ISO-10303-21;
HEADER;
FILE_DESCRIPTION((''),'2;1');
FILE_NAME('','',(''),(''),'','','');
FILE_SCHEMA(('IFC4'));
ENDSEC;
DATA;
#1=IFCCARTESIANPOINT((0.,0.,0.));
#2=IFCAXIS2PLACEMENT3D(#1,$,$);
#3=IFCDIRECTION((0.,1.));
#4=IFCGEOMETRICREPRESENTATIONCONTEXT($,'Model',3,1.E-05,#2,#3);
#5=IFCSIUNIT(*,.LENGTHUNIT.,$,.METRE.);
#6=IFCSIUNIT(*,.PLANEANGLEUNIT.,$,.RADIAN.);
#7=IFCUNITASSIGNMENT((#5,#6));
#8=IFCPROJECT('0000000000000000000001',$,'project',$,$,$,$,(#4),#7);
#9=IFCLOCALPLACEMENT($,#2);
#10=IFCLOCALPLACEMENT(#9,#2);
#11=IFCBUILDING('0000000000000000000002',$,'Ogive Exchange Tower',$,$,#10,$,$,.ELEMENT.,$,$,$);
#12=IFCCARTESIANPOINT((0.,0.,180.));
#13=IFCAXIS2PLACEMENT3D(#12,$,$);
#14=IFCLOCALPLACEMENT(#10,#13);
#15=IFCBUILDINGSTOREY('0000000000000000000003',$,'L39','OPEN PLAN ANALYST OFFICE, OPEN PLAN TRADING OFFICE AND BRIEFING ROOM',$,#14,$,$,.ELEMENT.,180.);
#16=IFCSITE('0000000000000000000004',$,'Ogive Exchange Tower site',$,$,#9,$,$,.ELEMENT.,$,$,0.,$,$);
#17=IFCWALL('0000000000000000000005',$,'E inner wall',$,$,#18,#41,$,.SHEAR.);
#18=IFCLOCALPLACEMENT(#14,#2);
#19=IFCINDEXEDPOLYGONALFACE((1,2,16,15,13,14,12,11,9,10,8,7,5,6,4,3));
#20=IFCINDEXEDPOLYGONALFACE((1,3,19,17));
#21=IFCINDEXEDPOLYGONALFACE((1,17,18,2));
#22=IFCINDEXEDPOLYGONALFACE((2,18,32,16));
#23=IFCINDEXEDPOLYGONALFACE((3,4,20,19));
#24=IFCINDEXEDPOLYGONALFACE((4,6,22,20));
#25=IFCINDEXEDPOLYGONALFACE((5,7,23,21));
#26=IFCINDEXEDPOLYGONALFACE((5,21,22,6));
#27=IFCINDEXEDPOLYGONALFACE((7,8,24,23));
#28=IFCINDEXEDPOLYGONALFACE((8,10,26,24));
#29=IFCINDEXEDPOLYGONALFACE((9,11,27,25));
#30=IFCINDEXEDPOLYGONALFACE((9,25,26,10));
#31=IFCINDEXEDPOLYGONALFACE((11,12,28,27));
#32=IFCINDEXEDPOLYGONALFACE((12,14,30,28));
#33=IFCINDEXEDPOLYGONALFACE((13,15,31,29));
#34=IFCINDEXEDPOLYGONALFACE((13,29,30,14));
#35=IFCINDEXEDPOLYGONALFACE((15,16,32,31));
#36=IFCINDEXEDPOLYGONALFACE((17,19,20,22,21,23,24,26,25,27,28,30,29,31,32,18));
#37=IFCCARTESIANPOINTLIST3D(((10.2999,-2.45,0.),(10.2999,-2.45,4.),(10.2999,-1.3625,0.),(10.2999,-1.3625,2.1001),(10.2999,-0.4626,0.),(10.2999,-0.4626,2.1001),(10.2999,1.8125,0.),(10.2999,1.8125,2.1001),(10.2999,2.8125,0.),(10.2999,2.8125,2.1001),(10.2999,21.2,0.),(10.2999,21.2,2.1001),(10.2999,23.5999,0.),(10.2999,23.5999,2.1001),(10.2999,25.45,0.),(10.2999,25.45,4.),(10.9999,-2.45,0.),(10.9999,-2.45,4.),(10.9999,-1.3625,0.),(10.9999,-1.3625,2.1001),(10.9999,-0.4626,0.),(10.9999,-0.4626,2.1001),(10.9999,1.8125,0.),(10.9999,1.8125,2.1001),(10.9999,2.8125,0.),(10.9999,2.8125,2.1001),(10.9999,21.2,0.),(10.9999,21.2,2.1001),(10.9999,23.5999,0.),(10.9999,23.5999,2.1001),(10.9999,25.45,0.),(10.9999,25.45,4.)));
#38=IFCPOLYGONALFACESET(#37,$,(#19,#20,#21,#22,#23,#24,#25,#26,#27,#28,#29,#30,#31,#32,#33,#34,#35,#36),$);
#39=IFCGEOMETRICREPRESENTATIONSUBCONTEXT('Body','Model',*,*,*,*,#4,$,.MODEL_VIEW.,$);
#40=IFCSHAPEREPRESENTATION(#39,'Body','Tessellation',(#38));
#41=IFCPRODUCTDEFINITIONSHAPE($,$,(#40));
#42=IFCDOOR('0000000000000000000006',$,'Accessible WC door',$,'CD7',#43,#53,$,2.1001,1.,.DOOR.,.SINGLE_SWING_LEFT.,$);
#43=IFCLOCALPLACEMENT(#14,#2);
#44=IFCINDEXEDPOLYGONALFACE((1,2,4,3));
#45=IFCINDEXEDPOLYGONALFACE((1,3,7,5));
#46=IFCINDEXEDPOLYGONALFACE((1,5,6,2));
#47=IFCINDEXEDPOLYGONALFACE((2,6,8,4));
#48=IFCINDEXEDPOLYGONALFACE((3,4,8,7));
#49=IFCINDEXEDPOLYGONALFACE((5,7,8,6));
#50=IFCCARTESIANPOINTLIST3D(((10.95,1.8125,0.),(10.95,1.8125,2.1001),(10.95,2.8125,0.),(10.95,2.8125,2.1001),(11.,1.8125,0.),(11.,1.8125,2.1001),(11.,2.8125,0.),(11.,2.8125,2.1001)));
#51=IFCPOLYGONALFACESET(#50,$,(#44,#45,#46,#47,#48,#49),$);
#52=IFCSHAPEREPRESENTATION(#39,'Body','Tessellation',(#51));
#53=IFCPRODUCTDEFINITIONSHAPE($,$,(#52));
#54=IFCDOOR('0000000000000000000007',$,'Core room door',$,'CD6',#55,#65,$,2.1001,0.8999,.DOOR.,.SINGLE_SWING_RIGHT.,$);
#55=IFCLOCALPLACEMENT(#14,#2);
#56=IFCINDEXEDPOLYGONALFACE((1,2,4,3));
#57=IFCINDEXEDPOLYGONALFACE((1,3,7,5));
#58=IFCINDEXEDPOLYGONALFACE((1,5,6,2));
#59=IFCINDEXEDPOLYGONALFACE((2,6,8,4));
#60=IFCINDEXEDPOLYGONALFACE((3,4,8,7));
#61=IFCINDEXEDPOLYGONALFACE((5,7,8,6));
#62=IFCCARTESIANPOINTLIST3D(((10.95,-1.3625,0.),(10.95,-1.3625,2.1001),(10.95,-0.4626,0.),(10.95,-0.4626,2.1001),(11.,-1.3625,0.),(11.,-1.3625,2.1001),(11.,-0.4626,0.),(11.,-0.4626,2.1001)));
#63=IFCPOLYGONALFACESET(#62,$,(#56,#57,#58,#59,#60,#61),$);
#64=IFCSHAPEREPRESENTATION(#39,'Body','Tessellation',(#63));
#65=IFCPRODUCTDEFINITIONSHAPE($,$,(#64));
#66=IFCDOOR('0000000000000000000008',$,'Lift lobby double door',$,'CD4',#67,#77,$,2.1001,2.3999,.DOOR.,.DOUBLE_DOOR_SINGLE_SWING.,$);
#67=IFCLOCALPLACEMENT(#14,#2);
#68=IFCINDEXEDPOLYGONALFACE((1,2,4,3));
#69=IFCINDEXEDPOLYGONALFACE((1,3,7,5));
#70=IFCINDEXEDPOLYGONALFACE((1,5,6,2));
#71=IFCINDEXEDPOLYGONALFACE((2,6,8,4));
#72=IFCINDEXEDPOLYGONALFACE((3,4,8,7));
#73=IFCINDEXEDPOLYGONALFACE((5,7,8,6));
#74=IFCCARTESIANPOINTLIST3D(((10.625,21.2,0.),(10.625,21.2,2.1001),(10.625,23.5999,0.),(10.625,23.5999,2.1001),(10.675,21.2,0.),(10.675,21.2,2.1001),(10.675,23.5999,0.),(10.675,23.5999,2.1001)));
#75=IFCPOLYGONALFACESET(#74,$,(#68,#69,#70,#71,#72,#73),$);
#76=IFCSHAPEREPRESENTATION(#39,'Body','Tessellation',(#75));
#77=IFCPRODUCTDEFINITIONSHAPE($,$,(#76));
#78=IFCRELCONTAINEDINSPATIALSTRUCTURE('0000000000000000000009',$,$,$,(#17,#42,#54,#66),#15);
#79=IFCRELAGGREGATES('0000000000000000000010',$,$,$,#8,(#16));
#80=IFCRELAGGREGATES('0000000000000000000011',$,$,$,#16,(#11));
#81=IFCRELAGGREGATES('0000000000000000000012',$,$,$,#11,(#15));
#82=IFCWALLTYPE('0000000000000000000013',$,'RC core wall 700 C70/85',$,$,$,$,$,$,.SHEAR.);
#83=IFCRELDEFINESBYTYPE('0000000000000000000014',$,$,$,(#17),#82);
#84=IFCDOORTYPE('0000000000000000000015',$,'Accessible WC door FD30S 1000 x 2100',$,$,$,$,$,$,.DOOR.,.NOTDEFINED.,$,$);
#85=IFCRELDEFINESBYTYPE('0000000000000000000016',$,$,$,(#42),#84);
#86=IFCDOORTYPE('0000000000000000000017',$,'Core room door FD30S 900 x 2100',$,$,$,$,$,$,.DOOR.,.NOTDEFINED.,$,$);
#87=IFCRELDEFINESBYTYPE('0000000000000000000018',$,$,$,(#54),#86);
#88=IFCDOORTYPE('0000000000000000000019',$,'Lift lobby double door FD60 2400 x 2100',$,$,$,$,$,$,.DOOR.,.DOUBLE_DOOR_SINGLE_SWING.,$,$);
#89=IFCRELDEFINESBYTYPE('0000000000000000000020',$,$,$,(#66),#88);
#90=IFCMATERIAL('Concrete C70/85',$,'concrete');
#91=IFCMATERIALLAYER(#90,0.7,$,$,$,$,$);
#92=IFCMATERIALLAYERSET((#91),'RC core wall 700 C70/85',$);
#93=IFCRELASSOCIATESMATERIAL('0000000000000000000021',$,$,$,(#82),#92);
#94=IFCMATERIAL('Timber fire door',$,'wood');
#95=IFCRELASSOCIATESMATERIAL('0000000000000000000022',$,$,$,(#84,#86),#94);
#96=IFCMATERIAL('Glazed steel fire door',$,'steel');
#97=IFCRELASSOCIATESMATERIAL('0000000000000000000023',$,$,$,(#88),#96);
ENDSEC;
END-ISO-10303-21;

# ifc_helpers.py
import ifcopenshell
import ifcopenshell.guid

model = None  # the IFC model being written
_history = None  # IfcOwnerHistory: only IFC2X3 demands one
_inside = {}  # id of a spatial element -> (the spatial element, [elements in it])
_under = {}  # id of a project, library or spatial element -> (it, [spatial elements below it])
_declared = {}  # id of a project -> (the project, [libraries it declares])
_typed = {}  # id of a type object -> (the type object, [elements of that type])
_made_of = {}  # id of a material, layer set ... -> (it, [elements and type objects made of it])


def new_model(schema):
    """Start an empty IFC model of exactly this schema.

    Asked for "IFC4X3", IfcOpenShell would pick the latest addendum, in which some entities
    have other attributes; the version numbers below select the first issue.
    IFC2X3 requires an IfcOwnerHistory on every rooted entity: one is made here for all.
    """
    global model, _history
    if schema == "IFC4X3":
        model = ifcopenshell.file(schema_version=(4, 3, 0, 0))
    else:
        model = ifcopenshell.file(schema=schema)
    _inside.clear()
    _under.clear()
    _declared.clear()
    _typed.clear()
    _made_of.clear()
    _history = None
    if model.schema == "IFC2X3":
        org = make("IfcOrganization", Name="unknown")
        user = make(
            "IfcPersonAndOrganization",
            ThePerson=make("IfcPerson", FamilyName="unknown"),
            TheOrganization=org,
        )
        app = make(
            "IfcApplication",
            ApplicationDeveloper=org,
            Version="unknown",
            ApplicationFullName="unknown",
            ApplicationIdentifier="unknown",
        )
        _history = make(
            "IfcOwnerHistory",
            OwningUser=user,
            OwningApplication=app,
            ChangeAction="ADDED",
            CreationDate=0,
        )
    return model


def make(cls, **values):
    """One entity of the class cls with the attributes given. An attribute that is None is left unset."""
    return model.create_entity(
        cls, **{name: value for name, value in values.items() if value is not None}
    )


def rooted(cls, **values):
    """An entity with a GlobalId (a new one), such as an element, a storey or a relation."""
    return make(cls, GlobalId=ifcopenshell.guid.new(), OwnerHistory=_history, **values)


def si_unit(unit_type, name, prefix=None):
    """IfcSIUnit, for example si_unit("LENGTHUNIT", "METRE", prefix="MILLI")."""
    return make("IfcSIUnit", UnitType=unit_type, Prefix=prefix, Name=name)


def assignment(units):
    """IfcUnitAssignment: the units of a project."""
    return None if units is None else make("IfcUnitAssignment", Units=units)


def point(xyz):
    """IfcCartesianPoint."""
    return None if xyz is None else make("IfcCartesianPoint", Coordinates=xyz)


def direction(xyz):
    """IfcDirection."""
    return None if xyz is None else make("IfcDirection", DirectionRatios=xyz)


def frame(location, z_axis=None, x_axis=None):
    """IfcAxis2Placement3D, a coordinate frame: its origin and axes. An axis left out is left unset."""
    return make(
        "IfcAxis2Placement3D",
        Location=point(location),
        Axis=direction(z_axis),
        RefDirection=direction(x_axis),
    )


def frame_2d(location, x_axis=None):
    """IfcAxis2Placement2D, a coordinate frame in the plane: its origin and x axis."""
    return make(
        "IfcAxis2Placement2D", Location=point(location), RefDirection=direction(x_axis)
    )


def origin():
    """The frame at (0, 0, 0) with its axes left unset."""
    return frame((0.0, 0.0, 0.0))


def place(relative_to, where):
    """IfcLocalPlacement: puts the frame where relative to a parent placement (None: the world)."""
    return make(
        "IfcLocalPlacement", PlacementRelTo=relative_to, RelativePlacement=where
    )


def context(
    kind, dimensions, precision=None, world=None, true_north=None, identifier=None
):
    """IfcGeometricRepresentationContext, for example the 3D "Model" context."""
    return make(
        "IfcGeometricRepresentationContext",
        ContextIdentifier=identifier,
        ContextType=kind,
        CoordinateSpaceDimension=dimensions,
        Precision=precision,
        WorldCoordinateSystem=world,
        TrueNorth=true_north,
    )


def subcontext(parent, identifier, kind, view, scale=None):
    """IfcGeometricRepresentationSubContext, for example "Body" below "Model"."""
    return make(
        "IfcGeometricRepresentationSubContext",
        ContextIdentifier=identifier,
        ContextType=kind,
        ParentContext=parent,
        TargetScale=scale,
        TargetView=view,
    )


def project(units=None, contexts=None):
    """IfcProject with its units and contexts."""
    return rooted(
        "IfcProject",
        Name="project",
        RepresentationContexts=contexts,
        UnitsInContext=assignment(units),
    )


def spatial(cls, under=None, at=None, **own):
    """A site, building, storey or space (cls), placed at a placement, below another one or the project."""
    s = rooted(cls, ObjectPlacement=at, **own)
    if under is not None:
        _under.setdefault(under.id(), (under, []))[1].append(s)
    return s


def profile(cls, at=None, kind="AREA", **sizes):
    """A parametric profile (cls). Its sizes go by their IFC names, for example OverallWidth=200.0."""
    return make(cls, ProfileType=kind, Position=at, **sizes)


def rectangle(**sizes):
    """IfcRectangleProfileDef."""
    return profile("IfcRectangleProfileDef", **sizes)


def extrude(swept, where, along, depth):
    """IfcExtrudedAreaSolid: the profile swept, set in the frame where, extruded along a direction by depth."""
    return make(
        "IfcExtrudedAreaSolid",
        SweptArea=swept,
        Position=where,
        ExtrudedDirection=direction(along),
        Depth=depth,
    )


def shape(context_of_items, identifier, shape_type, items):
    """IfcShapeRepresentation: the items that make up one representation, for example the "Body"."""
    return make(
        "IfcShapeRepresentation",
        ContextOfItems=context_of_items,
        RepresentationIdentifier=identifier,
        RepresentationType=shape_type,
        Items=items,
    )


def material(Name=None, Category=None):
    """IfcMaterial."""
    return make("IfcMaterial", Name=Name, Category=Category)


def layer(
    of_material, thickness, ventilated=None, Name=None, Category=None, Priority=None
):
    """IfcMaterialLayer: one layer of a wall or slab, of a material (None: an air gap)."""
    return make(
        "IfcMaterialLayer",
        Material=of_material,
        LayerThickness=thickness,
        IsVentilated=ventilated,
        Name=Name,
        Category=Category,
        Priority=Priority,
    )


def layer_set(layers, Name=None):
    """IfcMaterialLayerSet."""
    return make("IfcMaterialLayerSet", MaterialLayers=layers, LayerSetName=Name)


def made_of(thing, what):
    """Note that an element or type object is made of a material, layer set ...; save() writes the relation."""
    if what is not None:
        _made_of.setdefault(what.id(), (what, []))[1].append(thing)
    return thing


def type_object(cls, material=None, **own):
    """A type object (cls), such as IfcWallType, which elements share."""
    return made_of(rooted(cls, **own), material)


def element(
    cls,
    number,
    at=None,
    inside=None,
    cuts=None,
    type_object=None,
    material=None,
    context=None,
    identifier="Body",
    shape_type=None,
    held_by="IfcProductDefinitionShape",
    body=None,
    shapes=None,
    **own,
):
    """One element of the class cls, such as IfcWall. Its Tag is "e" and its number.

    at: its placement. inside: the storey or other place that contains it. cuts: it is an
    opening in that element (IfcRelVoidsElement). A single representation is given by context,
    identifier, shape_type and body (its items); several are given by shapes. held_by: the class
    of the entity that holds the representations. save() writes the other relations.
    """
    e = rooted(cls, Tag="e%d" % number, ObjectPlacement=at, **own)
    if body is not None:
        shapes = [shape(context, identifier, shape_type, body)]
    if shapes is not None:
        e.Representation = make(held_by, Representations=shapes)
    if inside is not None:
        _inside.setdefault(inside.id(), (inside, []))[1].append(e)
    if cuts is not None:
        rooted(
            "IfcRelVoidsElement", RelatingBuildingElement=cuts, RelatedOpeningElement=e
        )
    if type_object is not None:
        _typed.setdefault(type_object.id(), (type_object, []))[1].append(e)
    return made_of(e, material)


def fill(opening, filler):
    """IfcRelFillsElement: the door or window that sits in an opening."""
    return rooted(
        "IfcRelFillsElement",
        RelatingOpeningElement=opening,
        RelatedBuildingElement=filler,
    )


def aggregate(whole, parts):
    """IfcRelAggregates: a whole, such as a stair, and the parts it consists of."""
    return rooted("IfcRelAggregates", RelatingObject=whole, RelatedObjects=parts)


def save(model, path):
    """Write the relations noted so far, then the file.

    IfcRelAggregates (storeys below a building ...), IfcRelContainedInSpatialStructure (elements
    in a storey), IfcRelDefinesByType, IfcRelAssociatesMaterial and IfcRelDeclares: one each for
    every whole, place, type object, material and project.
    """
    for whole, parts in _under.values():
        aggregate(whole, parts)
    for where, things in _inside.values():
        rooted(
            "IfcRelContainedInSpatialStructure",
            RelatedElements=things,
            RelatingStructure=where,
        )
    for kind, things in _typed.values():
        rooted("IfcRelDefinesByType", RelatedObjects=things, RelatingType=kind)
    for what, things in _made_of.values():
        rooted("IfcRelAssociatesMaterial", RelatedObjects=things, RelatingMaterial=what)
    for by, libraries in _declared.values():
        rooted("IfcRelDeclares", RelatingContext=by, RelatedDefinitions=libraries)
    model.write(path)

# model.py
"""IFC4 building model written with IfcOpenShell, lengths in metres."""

from ifc_helpers import new_model, si_unit, direction, frame, frame_2d, origin, place, context, subcontext, project, spatial, rectangle, extrude, material, layer, layer_set, type_object, element, fill, save


model = new_model("IFC4")

# Units and contexts
model_context = context("Model", 3, precision=1e-05, world=origin(), true_north=direction((0.0, 1.0)))
body_context = subcontext(model_context, "Body", "Model", "MODEL_VIEW")
ifc_project = project(units=[si_unit("LENGTHUNIT", "METRE"), si_unit("PLANEANGLEUNIT", "RADIAN")], contexts=[model_context])

# Site, building, storey
site_placement = place(None, origin())
site = spatial("IfcSite", under=ifc_project, at=site_placement, Name="Ogive Exchange Tower site", CompositionType="ELEMENT", RefElevation=0.0)
building_placement = place(site_placement, origin())
building = spatial("IfcBuilding", under=site, at=building_placement, Name="Ogive Exchange Tower", CompositionType="ELEMENT")
storey_placement = place(building_placement, frame((0.0, 0.0, 180.0)))
storey = spatial("IfcBuildingStorey", under=building, at=storey_placement, Name="L39", Description="OPEN PLAN ANALYST OFFICE, OPEN PLAN TRADING OFFICE AND BRIEFING ROOM", CompositionType="ELEMENT", Elevation=180.0)

# Shared definitions
ifc_material_1 = material(Name="Concrete C70/85", Category="concrete")

# Wall, openings, doors
ifc_layer_1 = layer(ifc_material_1, 0.7)
ifc_layer_set_1 = layer_set([ifc_layer_1], Name="RC core wall 700 C70/85")
wall_type_1 = type_object("IfcWallType", Name="RC core wall 700 C70/85", PredefinedType="SHEAR", material=ifc_layer_set_1)
wall_1_placement = place(storey_placement, frame((10.6499, -2.45, 0.0), z_axis=(0.0, 0.0, 1.0), x_axis=(0.0, 1.0, 0.0)))
wall_1 = element("IfcWall", 1, at=wall_1_placement, inside=storey, type_object=wall_type_1, Name="E inner wall", PredefinedType="SHEAR", context=body_context, shape_type="SweptSolid", body=[
    extrude(rectangle(XDim=27.8999, YDim=0.7, at=frame_2d((13.95, 0.0))), origin(), (0.0, 0.0, 1.0), 4.0),
])
opening_1_placement = place(wall_1_placement, frame((23.6499, 0.0, 0.0)))
opening_1 = element("IfcOpeningElement", 2, at=opening_1_placement, cuts=wall_1, PredefinedType="OPENING", context=body_context, shape_type="SweptSolid", body=[
    extrude(rectangle(XDim=2.3999, YDim=2.1001, at=frame_2d((1.2, 1.05))), frame((0.0, 0.3599, 0.0), z_axis=(0.0, -1.0, 0.0), x_axis=(1.0, 0.0, 0.0)), (0.0, 0.0, 1.0), 0.72),
])
opening_2_placement = place(wall_1_placement, frame((1.0874, 0.0, 0.0)))
opening_2 = element("IfcOpeningElement", 3, at=opening_2_placement, cuts=wall_1, PredefinedType="OPENING", context=body_context, shape_type="SweptSolid", body=[
    extrude(rectangle(XDim=0.8999, YDim=2.1001, at=frame_2d((0.45, 1.05))), frame((0.0, 0.3599, 0.0), z_axis=(0.0, -1.0, 0.0), x_axis=(1.0, 0.0, 0.0)), (0.0, 0.0, 1.0), 0.72),
])
opening_3_placement = place(wall_1_placement, frame((4.2625, 0.0, 0.0)))
opening_3 = element("IfcOpeningElement", 4, at=opening_3_placement, cuts=wall_1, PredefinedType="OPENING", context=body_context, shape_type="SweptSolid", body=[
    extrude(rectangle(XDim=1.0, YDim=2.1001, at=frame_2d((0.5, 1.05))), frame((0.0, 0.3599, 0.0), z_axis=(0.0, -1.0, 0.0), x_axis=(1.0, 0.0, 0.0)), (0.0, 0.0, 1.0), 0.72),
])
ifc_material_2 = material(Name="Timber fire door", Category="wood")
door_type_1 = type_object("IfcDoorType", Name="Accessible WC door FD30S 1000 x 2100", OperationType="NOTDEFINED", PredefinedType="DOOR", material=ifc_material_2)
door_1_placement = place(opening_3_placement, frame((1.0, -0.6499, 0.0), z_axis=(0.0, 0.0, 1.0), x_axis=(-1.0, 0.0, 0.0)))
door_1 = element("IfcDoor", 5, at=door_1_placement, inside=storey, type_object=door_type_1, Name="Accessible WC door", ObjectType="CD7", OperationType="SINGLE_SWING_LEFT", OverallHeight=2.1001, OverallWidth=1.0, PredefinedType="DOOR", context=body_context, shape_type="SweptSolid", body=[
    extrude(rectangle(XDim=1.0, YDim=2.1001, at=frame_2d((0.5, 1.05))), frame((0.0, -0.2998, 0.0), z_axis=(0.0, -1.0, 0.0), x_axis=(1.0, 0.0, 0.0)), (0.0, 0.0, 1.0), 0.05),
])
fill(opening_3, door_1)
door_type_2 = type_object("IfcDoorType", Name="Core room door FD30S 900 x 2100", OperationType="NOTDEFINED", PredefinedType="DOOR", material=ifc_material_2)
door_2_placement = place(opening_2_placement, frame((0.8999, -0.6499, 0.0), z_axis=(0.0, 0.0, 1.0), x_axis=(-1.0, 0.0, 0.0)))
door_2 = element("IfcDoor", 6, at=door_2_placement, inside=storey, type_object=door_type_2, Name="Core room door", ObjectType="CD6", OperationType="SINGLE_SWING_RIGHT", OverallHeight=2.1001, OverallWidth=0.8999, PredefinedType="DOOR", context=body_context, shape_type="SweptSolid", body=[
    extrude(rectangle(XDim=0.8999, YDim=2.1001, at=frame_2d((0.45, 1.05))), frame((0.0, -0.2998, 0.0), z_axis=(0.0, -1.0, 0.0), x_axis=(1.0, 0.0, 0.0)), (0.0, 0.0, 1.0), 0.05),
])
fill(opening_2, door_2)
ifc_material_3 = material(Name="Glazed steel fire door", Category="steel")
door_type_3 = type_object("IfcDoorType", Name="Lift lobby double door FD60 2400 x 2100", OperationType="DOUBLE_DOOR_SINGLE_SWING", PredefinedType="DOOR", material=ifc_material_3)
door_3_placement = place(opening_1_placement, origin())
door_3 = element("IfcDoor", 7, at=door_3_placement, inside=storey, type_object=door_type_3, Name="Lift lobby double door", ObjectType="CD4", OperationType="DOUBLE_DOOR_SINGLE_SWING", OverallHeight=2.1001, OverallWidth=2.3999, PredefinedType="DOOR", context=body_context, shape_type="SweptSolid", body=[
    extrude(rectangle(XDim=2.3999, YDim=2.1001, at=frame_2d((1.2, 1.05))), frame((0.0, 0.0249, 0.0), z_axis=(0.0, -1.0, 0.0), x_axis=(1.0, 0.0, 0.0)), (0.0, 0.0, 1.0), 0.05),
])
fill(opening_1, door_3)

save(model, "model.ifc")
